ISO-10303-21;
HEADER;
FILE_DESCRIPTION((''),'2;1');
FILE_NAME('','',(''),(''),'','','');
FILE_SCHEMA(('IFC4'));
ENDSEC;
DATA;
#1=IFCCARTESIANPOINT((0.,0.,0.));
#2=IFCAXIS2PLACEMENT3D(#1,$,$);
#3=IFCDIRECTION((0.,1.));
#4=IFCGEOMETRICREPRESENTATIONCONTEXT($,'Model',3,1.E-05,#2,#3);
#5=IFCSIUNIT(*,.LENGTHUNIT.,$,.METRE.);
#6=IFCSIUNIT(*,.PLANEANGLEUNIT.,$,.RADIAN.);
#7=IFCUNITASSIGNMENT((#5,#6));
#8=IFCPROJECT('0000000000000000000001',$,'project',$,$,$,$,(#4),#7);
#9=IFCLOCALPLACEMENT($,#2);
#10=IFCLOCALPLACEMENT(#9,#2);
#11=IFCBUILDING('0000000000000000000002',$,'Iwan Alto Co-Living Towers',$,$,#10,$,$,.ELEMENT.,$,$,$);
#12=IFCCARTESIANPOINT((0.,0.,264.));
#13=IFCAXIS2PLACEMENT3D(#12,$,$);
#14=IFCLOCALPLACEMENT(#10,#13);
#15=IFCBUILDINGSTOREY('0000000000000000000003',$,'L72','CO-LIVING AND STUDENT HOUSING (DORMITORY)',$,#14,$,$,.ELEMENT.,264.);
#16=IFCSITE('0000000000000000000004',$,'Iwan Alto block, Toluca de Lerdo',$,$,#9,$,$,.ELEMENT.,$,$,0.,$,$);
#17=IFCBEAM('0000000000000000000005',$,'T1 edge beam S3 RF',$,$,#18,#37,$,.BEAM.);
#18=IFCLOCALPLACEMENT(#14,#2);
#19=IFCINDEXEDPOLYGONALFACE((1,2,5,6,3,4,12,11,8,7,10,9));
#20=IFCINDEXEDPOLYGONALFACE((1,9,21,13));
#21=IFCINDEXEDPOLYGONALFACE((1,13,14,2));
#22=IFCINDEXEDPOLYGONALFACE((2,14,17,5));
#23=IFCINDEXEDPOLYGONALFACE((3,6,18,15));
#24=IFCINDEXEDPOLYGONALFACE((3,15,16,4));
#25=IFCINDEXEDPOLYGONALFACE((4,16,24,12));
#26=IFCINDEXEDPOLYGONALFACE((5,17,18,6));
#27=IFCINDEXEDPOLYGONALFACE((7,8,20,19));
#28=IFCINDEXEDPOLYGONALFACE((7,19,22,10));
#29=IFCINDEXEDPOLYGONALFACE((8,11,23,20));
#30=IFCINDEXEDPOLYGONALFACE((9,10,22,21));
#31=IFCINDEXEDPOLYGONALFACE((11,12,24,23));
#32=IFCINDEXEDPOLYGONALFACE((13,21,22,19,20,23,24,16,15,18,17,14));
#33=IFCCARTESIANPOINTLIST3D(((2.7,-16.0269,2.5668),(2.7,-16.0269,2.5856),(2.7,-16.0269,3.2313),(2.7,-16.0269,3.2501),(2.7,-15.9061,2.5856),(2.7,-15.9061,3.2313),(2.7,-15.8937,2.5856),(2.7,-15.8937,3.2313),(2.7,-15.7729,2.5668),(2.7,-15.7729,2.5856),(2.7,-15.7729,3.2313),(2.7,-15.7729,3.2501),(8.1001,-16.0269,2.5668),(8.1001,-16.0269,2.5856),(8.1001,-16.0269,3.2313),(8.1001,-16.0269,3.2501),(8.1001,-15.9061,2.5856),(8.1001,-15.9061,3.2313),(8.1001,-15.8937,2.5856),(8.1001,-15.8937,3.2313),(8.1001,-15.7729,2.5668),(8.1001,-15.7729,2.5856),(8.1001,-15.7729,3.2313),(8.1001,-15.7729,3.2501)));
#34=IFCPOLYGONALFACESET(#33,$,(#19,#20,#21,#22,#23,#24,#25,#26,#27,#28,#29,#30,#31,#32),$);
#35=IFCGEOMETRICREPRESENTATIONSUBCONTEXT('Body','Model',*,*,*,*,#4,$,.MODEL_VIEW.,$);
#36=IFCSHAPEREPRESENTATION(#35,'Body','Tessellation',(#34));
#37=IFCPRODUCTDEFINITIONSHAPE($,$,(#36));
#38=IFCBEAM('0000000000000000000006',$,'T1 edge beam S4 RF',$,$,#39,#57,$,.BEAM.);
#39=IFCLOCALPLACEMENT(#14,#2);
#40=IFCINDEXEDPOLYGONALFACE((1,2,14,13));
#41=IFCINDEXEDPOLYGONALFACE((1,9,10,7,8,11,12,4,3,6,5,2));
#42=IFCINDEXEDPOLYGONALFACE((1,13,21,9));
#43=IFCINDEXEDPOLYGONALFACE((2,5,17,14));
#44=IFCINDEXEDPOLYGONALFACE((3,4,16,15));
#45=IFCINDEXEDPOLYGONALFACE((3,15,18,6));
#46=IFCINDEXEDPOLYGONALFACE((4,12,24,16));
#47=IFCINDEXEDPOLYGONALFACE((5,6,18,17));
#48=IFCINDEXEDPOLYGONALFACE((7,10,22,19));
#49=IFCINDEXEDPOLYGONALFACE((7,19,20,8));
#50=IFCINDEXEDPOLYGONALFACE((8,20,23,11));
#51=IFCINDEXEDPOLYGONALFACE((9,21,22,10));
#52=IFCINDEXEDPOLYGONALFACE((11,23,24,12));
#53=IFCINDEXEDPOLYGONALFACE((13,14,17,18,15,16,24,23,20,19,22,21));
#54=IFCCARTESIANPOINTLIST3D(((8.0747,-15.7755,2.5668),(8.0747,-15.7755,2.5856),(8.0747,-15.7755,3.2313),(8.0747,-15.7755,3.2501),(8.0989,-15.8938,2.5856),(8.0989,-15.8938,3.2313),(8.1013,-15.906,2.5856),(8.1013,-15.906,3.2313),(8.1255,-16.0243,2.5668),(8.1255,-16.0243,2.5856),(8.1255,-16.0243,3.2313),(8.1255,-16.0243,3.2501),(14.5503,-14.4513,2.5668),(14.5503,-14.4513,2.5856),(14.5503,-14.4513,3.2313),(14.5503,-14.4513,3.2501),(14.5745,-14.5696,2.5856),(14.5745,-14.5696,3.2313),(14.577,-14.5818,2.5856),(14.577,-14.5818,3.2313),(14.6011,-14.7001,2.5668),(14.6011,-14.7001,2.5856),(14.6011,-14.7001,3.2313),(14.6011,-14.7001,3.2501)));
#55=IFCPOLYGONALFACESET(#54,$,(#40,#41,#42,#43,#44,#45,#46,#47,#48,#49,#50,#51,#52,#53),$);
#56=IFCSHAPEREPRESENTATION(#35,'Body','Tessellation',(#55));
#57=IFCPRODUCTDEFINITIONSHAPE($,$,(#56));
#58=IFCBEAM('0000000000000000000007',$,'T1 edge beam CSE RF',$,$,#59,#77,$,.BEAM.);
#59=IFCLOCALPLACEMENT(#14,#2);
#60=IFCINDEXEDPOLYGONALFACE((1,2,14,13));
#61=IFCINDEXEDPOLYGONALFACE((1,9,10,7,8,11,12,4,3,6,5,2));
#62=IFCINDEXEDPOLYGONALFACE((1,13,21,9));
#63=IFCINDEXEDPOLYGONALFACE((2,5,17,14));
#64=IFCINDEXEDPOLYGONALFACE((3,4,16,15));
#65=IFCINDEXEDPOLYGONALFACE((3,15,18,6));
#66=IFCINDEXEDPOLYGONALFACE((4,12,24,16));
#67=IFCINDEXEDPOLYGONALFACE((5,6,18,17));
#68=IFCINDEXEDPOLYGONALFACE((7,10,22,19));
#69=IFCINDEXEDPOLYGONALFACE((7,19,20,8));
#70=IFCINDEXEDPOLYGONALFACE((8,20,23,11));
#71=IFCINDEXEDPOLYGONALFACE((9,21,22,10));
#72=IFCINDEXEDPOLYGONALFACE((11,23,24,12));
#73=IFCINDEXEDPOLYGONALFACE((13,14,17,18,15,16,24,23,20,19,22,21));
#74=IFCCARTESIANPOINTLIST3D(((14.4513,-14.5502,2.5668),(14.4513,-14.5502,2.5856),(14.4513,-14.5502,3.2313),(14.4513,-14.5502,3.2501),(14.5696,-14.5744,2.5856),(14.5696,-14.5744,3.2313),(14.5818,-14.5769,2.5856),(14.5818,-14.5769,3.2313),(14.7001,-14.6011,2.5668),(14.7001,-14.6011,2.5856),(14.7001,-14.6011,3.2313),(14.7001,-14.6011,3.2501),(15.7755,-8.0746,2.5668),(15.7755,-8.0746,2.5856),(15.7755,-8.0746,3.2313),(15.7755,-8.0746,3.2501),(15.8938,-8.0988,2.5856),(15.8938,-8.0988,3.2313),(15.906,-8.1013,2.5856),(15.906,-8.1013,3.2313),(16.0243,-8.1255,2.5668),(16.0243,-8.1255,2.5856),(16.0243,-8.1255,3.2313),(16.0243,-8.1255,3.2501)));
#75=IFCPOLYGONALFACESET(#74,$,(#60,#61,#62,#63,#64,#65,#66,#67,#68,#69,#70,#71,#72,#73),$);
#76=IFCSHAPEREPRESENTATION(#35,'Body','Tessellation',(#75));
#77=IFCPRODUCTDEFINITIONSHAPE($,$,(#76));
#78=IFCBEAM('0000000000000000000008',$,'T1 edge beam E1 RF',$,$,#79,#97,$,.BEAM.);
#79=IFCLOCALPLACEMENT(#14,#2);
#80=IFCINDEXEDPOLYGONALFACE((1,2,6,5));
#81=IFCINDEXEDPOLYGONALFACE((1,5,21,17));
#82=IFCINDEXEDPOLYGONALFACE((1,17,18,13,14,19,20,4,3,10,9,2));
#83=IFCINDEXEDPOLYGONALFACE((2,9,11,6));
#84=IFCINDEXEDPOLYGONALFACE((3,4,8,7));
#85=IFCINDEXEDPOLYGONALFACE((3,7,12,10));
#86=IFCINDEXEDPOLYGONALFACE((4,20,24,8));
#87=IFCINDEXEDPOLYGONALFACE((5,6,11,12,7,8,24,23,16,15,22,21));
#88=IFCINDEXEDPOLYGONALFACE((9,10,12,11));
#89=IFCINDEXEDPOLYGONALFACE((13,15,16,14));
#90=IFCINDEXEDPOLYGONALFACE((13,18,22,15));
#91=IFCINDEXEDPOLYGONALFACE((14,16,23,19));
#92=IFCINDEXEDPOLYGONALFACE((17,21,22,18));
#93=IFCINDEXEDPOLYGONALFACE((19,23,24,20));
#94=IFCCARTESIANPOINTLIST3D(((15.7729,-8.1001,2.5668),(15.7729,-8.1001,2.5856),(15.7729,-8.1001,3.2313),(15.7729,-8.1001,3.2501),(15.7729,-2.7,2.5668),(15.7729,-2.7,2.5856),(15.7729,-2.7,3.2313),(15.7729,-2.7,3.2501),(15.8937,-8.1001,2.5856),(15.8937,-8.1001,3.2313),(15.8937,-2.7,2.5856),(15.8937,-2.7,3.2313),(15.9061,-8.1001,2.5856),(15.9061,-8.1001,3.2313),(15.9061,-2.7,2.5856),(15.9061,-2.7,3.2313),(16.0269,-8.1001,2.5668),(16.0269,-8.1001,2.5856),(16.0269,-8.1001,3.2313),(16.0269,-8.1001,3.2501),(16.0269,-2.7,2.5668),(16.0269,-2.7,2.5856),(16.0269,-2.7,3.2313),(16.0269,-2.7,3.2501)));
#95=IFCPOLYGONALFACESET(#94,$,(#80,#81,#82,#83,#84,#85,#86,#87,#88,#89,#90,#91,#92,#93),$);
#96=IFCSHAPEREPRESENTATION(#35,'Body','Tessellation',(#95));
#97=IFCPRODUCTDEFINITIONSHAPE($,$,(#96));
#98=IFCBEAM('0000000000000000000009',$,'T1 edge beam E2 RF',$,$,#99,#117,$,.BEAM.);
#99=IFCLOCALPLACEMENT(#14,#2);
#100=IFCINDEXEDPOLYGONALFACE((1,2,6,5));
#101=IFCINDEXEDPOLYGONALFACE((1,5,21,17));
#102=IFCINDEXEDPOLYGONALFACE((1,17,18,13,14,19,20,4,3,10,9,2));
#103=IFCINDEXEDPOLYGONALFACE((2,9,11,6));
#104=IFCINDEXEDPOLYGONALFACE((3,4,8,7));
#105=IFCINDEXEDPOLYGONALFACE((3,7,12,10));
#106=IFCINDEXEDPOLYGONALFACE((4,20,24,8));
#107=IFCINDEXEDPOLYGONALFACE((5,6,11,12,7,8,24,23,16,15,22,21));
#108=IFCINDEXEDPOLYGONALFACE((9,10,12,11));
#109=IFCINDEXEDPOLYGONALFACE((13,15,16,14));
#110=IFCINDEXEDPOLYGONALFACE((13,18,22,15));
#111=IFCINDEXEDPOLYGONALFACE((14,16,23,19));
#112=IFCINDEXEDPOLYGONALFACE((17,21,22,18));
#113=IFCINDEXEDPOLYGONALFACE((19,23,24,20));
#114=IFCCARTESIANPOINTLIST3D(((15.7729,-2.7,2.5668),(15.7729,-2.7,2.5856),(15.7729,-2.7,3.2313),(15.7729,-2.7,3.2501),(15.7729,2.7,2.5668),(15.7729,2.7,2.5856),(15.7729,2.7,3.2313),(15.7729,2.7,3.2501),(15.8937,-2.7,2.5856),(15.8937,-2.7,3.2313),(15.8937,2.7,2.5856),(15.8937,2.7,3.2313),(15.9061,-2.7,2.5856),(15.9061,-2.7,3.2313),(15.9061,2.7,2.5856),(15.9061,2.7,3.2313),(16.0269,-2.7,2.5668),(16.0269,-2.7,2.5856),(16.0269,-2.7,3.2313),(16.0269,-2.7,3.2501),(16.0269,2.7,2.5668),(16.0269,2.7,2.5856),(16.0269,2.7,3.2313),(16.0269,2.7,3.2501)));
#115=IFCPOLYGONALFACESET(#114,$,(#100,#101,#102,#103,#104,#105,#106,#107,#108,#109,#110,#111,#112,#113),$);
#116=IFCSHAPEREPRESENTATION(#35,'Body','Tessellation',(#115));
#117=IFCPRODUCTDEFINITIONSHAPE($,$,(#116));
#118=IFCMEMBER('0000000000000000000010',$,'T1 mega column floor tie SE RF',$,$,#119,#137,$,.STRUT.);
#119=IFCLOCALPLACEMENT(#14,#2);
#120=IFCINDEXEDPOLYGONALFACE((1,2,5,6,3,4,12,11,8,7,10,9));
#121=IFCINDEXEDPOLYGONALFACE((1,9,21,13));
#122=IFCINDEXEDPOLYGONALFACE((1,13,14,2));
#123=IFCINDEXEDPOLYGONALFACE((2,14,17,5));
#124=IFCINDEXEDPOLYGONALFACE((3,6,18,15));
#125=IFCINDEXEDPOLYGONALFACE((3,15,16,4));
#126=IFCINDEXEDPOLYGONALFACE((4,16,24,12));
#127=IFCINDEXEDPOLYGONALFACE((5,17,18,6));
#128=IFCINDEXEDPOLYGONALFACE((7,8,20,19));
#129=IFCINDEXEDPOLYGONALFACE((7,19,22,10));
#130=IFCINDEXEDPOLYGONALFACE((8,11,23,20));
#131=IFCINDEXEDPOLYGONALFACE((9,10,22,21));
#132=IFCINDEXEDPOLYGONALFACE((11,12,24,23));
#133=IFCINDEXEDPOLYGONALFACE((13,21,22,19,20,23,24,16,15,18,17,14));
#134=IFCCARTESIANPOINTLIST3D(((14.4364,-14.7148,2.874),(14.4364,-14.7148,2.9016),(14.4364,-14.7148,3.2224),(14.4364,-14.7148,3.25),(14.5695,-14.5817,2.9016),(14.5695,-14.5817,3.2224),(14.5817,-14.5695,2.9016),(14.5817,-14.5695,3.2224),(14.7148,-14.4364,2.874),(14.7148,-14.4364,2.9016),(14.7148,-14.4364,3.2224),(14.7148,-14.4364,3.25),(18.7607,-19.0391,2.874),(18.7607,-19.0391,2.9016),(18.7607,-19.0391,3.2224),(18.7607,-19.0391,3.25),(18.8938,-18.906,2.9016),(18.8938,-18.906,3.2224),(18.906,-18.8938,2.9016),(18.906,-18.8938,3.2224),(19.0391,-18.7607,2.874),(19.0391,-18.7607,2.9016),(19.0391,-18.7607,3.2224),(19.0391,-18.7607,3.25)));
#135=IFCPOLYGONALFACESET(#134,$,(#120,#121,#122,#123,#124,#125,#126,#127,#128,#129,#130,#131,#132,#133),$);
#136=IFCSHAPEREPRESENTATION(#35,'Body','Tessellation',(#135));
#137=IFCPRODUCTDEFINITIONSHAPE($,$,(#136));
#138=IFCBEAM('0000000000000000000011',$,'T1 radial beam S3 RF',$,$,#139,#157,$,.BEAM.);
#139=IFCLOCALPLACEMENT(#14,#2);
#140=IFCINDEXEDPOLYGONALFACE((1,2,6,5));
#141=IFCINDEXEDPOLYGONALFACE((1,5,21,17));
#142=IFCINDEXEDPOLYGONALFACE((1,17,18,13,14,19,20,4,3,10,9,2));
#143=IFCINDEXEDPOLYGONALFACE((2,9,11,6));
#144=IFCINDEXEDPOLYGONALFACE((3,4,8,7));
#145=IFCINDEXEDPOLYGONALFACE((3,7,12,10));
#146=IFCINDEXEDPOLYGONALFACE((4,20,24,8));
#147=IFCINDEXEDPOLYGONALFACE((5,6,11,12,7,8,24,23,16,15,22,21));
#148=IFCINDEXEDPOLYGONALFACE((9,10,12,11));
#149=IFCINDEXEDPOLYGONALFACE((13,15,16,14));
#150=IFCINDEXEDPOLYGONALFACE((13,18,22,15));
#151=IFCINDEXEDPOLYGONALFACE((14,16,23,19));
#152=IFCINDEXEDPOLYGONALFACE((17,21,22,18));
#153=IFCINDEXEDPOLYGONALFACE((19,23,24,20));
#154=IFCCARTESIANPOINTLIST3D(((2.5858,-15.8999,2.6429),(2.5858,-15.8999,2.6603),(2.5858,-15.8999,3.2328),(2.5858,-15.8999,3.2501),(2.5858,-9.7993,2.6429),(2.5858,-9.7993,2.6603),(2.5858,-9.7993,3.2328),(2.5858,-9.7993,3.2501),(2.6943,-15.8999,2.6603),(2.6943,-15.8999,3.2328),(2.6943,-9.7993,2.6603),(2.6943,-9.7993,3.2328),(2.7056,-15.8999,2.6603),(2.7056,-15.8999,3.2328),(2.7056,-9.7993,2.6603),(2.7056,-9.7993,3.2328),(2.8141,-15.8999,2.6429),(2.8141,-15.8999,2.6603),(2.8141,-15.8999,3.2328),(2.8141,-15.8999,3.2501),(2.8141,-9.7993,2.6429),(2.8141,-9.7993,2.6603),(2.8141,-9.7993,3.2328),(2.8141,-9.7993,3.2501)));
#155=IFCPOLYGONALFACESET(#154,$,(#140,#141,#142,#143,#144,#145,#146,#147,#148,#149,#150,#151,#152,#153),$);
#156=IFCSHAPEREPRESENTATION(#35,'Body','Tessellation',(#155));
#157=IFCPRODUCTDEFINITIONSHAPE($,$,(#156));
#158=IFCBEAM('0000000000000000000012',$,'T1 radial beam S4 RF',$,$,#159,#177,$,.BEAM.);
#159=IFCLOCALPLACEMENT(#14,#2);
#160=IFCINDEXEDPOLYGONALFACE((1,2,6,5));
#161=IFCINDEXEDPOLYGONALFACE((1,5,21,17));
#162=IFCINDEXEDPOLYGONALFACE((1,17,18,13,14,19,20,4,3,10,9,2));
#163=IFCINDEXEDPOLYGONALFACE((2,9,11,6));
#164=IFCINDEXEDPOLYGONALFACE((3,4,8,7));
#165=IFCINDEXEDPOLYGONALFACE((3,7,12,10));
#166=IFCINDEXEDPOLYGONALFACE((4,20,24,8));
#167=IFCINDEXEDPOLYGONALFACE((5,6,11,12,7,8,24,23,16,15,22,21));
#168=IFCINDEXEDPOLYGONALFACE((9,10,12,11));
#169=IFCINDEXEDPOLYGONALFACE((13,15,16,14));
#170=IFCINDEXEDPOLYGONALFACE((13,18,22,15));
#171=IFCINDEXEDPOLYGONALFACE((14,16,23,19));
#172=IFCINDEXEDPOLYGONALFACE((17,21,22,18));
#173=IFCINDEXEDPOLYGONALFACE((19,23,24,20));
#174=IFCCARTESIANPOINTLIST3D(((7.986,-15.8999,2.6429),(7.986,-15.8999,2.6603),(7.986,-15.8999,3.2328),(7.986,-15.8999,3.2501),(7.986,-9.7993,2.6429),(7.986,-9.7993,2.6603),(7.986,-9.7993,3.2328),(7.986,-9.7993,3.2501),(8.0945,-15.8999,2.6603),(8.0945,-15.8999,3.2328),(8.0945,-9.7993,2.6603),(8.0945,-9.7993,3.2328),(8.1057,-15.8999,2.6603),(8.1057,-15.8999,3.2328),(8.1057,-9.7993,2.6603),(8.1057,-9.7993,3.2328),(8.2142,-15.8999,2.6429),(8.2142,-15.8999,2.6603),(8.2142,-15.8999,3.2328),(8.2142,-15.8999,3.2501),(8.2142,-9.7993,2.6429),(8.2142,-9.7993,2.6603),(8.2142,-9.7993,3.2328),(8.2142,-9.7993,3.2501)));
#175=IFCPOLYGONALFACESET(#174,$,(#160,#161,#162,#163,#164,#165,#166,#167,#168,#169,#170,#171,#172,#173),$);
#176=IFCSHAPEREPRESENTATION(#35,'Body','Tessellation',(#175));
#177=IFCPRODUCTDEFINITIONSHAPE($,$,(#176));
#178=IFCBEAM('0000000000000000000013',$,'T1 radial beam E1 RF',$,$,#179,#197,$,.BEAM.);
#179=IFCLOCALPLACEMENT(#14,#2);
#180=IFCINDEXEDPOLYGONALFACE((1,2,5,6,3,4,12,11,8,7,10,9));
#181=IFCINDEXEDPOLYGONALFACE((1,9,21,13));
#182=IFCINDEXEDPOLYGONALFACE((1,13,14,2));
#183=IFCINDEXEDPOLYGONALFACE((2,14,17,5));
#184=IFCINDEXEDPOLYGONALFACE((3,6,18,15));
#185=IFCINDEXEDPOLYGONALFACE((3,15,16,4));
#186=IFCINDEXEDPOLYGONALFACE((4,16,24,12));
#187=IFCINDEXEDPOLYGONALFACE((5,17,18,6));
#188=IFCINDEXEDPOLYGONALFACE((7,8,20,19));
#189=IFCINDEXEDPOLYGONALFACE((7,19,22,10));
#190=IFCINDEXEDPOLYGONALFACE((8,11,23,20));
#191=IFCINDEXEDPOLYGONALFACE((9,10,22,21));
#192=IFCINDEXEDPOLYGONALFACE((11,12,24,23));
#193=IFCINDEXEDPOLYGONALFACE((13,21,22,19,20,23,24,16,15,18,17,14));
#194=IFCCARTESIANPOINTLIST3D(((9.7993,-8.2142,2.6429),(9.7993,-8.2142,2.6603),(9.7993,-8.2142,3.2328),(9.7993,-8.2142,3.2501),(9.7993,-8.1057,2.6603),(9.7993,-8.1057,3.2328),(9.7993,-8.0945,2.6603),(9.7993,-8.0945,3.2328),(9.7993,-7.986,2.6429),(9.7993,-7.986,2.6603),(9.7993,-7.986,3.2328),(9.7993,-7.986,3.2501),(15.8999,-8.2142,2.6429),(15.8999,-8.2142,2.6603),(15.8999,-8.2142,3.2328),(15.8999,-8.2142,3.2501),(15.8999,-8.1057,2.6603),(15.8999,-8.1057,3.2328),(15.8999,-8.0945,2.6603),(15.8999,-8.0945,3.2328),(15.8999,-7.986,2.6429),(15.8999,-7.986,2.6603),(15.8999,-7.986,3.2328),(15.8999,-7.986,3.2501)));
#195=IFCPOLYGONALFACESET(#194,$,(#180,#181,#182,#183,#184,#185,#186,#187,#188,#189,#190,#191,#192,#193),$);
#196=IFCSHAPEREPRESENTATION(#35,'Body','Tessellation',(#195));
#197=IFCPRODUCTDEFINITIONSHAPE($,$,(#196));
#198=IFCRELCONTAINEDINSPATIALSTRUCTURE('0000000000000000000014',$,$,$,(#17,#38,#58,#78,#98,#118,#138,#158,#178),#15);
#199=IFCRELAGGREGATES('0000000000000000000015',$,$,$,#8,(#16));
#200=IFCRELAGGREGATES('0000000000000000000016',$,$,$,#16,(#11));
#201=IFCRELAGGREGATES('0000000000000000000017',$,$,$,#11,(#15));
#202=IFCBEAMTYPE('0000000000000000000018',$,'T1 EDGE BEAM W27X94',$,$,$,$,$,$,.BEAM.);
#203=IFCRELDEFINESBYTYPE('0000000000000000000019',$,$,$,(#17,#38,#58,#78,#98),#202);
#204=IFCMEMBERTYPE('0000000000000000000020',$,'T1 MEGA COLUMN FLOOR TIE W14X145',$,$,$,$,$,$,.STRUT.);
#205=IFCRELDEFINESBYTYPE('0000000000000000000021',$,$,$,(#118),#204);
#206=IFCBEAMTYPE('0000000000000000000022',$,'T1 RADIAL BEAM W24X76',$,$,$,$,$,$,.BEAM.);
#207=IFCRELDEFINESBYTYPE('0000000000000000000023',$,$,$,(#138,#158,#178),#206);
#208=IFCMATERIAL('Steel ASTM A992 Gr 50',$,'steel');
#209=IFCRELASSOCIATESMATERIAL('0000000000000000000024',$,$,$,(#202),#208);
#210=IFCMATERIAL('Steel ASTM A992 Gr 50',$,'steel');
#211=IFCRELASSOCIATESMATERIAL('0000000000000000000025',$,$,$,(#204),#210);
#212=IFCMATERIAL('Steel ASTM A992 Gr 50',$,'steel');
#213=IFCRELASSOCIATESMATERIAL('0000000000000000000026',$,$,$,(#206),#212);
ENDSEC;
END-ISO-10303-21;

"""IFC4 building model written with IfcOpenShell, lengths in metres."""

from ifc_helpers import new_model, si_unit, direction, frame, origin, origin_2d, place, context, subcontext, project, spatial, i_section, extrude, material, material_profile, profile_set, type_object, element, save


model = new_model("IFC4")

# Units and contexts
model_context = context("Model", 3, precision=1e-05, world=origin(), true_north=direction((0.0, 1.0)))
body_context = subcontext(model_context, "Body", "Model", "MODEL_VIEW")
ifc_project = project(units=[si_unit("LENGTHUNIT", "METRE"), si_unit("PLANEANGLEUNIT", "RADIAN")], contexts=[model_context])

# Site, building, storey
site_placement = place(None, origin())
site = spatial("IfcSite", under=ifc_project, at=site_placement, Name="Iwan Alto block, Toluca de Lerdo", CompositionType="ELEMENT", RefElevation=0.0)
building_placement = place(site_placement, origin())
building = spatial("IfcBuilding", under=site, at=building_placement, Name="Iwan Alto Co-Living Towers", CompositionType="ELEMENT")
storey_placement = place(building_placement, frame((0.0, 0.0, 264.0)))
storey = spatial("IfcBuildingStorey", under=building, at=storey_placement, Name="L72", Description="CO-LIVING AND STUDENT HOUSING (DORMITORY)", CompositionType="ELEMENT", Elevation=264.0)

# Beams
ifc_material_1 = material(Name="Steel ASTM A992 Gr 50", Category="steel")
ifc_material_profile_1 = material_profile(ifc_material_1, i_section(OverallWidth=0.2539, OverallDepth=0.6833, WebThickness=0.0125, FlangeThickness=0.0188, at=origin_2d()), Name="W27X94")
ifc_profile_set_1 = profile_set([ifc_material_profile_1], Name="Steel ASTM A992 Gr 50")
beam_type_1 = type_object("IfcBeamType", Name="T1 EDGE BEAM W27X94", PredefinedType="BEAM", material=ifc_profile_set_1)
beam_1_placement = place(storey_placement, frame((2.7, -15.8999, 2.9084), z_axis=(1.0, 0.0, 0.0), x_axis=(0.0, 1.0, 0.0)))
element("IfcBeam", 1, at=beam_1_placement, inside=storey, type_object=beam_type_1, Name="T1 edge beam S3 RF", PredefinedType="BEAM", context=body_context, shape_type="SweptSolid", body=[
    extrude(i_section(OverallWidth=0.2539, OverallDepth=0.6833, WebThickness=0.0125, FlangeThickness=0.0188, at=origin_2d()), origin(), (0.0, 0.0, 1.0), 5.4001),
])
for number, where, z_axis, x_axis, name in (
    (2, (8.1001, -15.8999, 2.9084), (0.979725, 0.200348, 0.0), (-0.200348, 0.979725, 0.0), "T1 edge beam S4 RF"),
    (3, (14.5757, -14.5757, 2.9084), (0.200348, 0.979725, 0.0), (-0.979725, 0.200348, 0.0), "T1 edge beam CSE RF"),
):
    element("IfcBeam", number, at=place(storey_placement, frame(where, z_axis=z_axis, x_axis=x_axis)), inside=storey, type_object=beam_type_1, Name=name, PredefinedType="BEAM", context=body_context, shape_type="SweptSolid", body=[
        extrude(i_section(OverallWidth=0.2539, OverallDepth=0.6833, WebThickness=0.0125, FlangeThickness=0.0188, at=origin_2d()), origin(), (0.0, 0.0, 1.0), 6.6096),
    ])
beam_2_placement = place(storey_placement, frame((15.8999, -8.1001, 2.9084), z_axis=(0.0, 1.0, 0.0), x_axis=(-1.0, 0.0, 0.0)))
element("IfcBeam", 4, at=beam_2_placement, inside=storey, type_object=beam_type_1, Name="T1 edge beam E1 RF", PredefinedType="BEAM", context=body_context, shape_type="SweptSolid", body=[
    extrude(i_section(OverallWidth=0.2539, OverallDepth=0.6833, WebThickness=0.0125, FlangeThickness=0.0188, at=origin_2d()), origin(), (0.0, 0.0, 1.0), 5.4001),
])
beam_3_placement = place(storey_placement, frame((15.8999, -2.7, 2.9084), z_axis=(0.0, 1.0, 0.0), x_axis=(-1.0, 0.0, 0.0)))
element("IfcBeam", 5, at=beam_3_placement, inside=storey, type_object=beam_type_1, Name="T1 edge beam E2 RF", PredefinedType="BEAM", context=body_context, shape_type="SweptSolid", body=[
    extrude(i_section(OverallWidth=0.2539, OverallDepth=0.6833, WebThickness=0.0125, FlangeThickness=0.0188, at=origin_2d()), origin(), (0.0, 0.0, 1.0), 5.3999),
])

# Member
ifc_material_2 = material(Name="Steel ASTM A992 Gr 50", Category="steel")
ifc_material_profile_2 = material_profile(ifc_material_2, i_section(OverallWidth=0.3938, OverallDepth=0.376, WebThickness=0.0173, FlangeThickness=0.0276, at=origin_2d()), Name="W14X145")
ifc_profile_set_2 = profile_set([ifc_material_profile_2], Name="Steel ASTM A992 Gr 50")
member_type_1 = type_object("IfcMemberType", Name="T1 MEGA COLUMN FLOOR TIE W14X145", PredefinedType="STRUT", material=ifc_profile_set_2)
member_1_placement = place(storey_placement, frame((18.8999, -18.8999, 3.062), z_axis=(-0.707107, 0.707107, 0.0), x_axis=(-0.707107, -0.707107, 0.0)))
element("IfcMember", 6, at=member_1_placement, inside=storey, type_object=member_type_1, Name="T1 mega column floor tie SE RF", PredefinedType="STRUT", context=body_context, shape_type="SweptSolid", body=[
    extrude(i_section(OverallWidth=0.3938, OverallDepth=0.376, WebThickness=0.0173, FlangeThickness=0.0276, at=origin_2d()), origin(), (0.0, 0.0, 1.0), 6.1155),
])

# Beams
ifc_material_3 = material(Name="Steel ASTM A992 Gr 50", Category="steel")
ifc_material_profile_3 = material_profile(ifc_material_3, i_section(OverallWidth=0.2283, OverallDepth=0.6072, WebThickness=0.0112, FlangeThickness=0.0173, at=origin_2d()), Name="W24X76")
ifc_profile_set_3 = profile_set([ifc_material_profile_3], Name="Steel ASTM A992 Gr 50")
beam_type_2 = type_object("IfcBeamType", Name="T1 RADIAL BEAM W24X76", PredefinedType="BEAM", material=ifc_profile_set_3)
for number, where, z_axis, x_axis, name in (
    (7, (2.7, -15.8999, 2.9465), (0.0, 1.0, 0.0), (-1.0, 0.0, 0.0), "T1 radial beam S3 RF"),
    (8, (8.1001, -15.8999, 2.9465), (0.0, 1.0, 0.0), (-1.0, 0.0, 0.0), "T1 radial beam S4 RF"),
    (9, (15.8999, -8.1001, 2.9465), (-1.0, 0.0, 0.0), (0.0, -1.0, 0.0), "T1 radial beam E1 RF"),
):
    element("IfcBeam", number, at=place(storey_placement, frame(where, z_axis=z_axis, x_axis=x_axis)), inside=storey, type_object=beam_type_2, Name=name, PredefinedType="BEAM", context=body_context, shape_type="SweptSolid", body=[
        extrude(i_section(OverallWidth=0.2283, OverallDepth=0.6072, WebThickness=0.0112, FlangeThickness=0.0173, at=origin_2d()), origin(), (0.0, 0.0, 1.0), 6.1006),
    ])

save(model, "model.ifc")
